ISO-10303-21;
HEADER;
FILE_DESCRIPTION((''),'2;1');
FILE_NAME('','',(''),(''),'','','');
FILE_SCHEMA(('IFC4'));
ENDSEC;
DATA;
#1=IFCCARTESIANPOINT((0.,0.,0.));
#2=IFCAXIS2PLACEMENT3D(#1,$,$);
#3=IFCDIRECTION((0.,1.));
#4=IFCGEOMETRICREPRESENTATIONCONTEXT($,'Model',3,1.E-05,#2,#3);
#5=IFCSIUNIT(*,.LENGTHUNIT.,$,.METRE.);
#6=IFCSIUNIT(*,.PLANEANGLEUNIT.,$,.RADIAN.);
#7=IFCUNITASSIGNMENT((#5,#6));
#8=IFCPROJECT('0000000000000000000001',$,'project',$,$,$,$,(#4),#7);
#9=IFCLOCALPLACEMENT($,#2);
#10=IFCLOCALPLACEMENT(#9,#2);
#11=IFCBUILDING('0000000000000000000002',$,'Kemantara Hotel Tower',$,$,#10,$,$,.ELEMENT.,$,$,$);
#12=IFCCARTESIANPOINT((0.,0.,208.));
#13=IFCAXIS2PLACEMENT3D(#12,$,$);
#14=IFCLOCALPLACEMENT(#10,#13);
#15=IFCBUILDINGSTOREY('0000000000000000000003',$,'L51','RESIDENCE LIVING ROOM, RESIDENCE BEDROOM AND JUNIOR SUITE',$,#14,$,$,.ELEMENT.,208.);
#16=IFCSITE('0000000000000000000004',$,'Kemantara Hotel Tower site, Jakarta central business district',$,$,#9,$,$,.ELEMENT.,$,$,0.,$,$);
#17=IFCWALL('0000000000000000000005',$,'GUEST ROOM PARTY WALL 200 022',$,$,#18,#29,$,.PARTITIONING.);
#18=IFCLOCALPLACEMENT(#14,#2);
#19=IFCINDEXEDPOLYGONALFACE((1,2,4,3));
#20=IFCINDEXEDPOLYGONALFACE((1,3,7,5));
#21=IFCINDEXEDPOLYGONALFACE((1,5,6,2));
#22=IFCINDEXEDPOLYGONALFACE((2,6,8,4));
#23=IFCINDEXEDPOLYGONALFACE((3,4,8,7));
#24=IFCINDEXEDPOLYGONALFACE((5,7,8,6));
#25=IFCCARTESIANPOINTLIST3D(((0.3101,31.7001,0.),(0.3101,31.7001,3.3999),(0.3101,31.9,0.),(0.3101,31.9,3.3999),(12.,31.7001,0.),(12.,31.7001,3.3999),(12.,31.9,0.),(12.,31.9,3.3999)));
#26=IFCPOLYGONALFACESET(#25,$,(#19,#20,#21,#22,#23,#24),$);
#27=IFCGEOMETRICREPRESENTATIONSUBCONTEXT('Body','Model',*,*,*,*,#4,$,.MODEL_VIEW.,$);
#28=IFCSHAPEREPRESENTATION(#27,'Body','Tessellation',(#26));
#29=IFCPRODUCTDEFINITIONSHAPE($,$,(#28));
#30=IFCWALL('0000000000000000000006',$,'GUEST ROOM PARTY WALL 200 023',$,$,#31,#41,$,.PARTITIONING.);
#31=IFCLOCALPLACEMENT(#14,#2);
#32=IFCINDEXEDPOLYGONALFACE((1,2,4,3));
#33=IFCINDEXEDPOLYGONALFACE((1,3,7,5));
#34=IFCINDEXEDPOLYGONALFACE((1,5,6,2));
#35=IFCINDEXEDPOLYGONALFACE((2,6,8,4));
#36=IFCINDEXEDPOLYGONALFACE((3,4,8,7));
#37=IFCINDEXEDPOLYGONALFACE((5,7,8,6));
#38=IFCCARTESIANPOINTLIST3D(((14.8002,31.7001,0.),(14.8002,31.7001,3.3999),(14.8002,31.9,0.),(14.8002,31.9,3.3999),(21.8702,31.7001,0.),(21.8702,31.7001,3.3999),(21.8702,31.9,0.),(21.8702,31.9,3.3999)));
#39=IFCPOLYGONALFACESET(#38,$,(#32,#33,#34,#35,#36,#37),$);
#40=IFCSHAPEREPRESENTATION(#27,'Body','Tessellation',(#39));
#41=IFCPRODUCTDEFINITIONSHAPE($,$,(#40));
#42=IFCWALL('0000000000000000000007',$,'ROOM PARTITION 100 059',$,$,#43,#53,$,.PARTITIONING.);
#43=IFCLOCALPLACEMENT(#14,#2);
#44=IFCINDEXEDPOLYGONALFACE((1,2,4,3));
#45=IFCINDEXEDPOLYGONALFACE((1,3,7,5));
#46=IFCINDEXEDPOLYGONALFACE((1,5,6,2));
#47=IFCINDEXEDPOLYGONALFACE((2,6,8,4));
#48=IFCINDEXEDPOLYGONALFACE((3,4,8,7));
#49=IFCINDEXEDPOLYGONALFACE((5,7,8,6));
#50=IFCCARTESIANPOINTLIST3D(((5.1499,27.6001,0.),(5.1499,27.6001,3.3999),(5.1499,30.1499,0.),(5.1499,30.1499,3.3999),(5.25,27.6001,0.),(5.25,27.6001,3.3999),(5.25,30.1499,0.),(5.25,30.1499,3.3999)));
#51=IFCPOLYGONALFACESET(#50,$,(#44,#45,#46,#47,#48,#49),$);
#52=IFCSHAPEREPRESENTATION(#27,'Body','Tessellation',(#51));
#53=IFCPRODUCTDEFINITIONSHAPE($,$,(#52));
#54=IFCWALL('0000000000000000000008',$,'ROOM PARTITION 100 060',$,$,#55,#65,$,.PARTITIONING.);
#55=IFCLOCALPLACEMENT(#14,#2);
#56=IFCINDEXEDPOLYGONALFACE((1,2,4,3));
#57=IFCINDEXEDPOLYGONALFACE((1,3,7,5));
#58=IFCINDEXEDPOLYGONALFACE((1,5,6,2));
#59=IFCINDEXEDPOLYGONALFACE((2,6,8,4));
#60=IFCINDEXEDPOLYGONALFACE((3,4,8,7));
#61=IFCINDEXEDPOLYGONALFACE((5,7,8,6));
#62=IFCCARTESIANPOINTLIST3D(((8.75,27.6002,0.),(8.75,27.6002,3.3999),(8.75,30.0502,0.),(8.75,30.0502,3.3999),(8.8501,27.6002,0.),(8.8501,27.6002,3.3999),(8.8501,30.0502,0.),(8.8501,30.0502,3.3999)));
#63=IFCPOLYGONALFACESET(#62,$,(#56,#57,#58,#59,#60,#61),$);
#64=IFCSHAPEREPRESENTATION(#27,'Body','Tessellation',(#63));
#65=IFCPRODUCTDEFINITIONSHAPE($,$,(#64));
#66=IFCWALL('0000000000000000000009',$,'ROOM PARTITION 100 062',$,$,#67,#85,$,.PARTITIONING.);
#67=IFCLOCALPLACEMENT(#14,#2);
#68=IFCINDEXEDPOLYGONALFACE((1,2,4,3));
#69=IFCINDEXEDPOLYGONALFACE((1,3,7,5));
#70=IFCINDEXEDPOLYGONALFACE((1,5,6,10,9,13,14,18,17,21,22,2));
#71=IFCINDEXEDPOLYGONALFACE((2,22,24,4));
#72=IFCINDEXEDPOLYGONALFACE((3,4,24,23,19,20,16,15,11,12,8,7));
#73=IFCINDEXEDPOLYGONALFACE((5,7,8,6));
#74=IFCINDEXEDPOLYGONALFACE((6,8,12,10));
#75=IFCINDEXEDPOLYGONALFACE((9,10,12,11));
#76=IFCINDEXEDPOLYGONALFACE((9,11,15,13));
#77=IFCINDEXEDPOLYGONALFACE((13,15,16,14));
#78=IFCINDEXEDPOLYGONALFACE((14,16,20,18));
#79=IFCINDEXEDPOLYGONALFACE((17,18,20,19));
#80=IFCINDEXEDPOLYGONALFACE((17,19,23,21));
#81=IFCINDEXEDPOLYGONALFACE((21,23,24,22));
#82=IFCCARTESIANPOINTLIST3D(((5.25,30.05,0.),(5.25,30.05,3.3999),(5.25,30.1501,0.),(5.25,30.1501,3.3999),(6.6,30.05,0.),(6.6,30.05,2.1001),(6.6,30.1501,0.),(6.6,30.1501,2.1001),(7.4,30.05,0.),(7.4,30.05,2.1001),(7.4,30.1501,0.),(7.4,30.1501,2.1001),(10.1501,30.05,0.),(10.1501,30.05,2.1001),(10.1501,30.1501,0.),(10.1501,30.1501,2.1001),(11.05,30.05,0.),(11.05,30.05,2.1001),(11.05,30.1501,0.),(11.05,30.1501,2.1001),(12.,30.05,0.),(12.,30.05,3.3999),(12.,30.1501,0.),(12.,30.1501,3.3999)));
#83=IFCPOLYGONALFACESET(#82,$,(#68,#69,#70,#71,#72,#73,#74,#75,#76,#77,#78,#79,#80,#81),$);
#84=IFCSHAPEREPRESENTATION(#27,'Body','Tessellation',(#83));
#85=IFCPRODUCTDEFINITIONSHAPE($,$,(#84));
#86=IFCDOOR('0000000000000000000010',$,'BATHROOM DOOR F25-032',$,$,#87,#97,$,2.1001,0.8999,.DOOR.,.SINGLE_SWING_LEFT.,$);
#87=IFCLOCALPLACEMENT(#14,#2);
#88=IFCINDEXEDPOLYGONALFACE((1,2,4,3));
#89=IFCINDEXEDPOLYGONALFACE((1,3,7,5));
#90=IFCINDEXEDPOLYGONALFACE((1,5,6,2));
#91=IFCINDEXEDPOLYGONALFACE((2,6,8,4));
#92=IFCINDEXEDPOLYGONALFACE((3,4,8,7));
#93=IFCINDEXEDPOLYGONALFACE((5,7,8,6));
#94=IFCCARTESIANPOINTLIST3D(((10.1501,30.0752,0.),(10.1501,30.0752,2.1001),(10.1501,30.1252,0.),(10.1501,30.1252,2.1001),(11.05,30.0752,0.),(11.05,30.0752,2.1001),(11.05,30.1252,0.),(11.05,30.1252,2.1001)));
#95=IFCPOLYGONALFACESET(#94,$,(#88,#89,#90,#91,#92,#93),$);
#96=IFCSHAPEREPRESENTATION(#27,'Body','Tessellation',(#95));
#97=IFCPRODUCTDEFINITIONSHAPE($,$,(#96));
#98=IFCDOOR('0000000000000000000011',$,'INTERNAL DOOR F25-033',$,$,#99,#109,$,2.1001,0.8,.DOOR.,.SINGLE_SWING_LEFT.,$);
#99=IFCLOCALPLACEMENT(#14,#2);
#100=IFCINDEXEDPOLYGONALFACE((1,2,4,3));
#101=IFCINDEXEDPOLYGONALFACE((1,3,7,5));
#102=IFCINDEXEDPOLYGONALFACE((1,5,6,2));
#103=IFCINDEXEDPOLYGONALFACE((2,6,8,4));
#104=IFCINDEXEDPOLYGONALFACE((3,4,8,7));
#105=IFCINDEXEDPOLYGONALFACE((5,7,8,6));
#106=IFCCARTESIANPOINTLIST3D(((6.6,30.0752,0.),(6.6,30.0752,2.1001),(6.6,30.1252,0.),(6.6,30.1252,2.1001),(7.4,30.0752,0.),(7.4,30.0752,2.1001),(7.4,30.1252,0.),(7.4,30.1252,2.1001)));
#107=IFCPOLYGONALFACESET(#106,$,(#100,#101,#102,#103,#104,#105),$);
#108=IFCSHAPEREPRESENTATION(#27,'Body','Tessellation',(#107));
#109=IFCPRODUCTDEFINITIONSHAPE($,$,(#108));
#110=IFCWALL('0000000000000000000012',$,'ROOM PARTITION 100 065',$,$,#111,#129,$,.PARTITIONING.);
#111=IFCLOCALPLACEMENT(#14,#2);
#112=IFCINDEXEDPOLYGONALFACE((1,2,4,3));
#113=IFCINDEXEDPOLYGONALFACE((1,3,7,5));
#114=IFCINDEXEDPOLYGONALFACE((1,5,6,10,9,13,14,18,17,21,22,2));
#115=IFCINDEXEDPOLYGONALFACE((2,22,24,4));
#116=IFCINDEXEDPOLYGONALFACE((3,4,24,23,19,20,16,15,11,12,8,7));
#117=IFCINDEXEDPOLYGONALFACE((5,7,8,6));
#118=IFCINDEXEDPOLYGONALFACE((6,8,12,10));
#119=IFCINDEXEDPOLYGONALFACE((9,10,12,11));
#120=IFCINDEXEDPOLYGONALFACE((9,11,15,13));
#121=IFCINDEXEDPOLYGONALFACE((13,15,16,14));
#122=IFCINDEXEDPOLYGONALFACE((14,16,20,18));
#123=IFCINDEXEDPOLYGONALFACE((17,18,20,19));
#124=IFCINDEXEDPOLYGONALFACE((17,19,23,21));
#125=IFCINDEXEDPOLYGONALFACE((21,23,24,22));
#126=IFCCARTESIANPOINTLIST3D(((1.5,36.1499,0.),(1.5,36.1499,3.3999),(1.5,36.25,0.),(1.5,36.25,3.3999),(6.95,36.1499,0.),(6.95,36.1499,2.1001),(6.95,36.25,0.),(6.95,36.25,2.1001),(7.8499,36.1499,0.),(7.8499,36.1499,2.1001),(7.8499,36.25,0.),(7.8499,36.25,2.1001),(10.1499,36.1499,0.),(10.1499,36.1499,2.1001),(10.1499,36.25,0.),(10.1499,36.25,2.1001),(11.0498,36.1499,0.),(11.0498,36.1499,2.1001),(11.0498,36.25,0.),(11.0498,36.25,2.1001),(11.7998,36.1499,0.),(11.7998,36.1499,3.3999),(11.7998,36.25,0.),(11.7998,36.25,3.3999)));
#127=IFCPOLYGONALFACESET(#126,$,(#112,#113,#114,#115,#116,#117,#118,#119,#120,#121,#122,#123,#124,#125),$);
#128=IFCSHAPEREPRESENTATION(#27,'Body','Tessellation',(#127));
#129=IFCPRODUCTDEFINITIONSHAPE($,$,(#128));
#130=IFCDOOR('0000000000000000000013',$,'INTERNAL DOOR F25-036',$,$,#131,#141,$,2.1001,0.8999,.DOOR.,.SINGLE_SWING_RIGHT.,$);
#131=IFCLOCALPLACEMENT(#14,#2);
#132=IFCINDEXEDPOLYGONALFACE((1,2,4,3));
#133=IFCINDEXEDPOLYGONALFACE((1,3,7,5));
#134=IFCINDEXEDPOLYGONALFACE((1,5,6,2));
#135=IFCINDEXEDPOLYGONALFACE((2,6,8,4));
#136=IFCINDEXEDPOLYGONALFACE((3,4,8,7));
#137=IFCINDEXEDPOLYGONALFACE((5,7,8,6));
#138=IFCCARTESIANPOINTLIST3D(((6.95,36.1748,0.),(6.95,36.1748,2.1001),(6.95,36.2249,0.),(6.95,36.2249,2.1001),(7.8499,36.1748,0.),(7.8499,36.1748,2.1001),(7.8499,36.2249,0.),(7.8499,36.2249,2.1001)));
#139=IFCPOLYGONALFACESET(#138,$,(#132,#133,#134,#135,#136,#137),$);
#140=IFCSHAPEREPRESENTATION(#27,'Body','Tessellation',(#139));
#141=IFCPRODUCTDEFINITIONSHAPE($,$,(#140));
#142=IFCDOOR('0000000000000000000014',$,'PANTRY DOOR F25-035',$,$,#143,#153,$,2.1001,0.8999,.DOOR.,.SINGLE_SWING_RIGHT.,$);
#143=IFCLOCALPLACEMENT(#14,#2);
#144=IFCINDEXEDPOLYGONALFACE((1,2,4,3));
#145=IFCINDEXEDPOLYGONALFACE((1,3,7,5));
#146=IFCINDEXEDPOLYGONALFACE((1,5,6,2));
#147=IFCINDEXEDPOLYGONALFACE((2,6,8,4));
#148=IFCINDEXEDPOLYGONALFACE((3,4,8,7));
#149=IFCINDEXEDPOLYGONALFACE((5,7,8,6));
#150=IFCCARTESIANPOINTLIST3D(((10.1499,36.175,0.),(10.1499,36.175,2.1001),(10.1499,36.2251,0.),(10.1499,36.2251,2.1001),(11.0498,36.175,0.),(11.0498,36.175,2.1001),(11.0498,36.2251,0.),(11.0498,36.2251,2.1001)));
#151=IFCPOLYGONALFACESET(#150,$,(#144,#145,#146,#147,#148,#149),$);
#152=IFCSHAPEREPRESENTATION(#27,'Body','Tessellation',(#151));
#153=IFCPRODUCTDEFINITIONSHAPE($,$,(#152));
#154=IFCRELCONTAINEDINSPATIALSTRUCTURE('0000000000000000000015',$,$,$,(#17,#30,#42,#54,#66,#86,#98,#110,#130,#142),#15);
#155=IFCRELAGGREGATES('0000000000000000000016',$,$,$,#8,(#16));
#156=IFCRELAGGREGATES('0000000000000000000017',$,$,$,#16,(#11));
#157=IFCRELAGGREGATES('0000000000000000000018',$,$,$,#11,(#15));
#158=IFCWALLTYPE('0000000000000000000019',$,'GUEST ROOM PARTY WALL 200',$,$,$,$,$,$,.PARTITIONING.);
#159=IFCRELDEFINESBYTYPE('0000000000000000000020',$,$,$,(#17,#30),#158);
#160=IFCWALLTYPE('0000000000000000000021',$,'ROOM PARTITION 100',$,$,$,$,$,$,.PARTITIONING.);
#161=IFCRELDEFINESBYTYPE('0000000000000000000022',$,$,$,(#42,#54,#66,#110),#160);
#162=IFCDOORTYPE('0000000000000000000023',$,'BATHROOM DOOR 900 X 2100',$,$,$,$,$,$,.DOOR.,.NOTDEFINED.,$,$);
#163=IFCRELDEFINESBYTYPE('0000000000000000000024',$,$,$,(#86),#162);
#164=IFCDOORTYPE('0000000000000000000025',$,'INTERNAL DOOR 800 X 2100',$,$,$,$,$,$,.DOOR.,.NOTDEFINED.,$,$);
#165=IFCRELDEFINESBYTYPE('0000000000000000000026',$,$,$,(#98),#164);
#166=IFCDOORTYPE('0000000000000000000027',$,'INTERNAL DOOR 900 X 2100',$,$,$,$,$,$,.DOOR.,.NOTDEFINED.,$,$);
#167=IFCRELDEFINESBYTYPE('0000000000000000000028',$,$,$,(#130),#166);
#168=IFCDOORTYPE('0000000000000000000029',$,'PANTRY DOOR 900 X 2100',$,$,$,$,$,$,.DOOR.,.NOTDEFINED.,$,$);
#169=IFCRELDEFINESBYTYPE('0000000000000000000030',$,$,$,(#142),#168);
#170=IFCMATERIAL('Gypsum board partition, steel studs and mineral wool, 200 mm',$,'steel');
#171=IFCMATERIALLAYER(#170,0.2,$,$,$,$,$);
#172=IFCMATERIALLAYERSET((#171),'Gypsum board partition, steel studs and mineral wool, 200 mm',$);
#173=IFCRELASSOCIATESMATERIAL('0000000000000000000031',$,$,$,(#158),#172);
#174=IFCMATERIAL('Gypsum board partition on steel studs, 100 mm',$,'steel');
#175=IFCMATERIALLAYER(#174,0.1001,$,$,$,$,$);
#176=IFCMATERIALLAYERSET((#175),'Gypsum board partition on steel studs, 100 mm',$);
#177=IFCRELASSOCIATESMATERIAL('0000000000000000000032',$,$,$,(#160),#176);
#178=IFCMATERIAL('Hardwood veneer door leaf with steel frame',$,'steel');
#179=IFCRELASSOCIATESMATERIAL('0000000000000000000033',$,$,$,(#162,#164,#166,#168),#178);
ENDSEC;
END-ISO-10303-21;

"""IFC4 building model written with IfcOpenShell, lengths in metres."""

from ifc_helpers import new_model, si_unit, direction, frame, frame_2d, origin, place, context, subcontext, project, spatial, rectangle, extrude, material, layer, layer_set, type_object, element, fill, save


model = new_model("IFC4")

# Units and contexts
model_context = context("Model", 3, precision=1e-05, world=origin(), true_north=direction((0.0, 1.0)))
body_context = subcontext(model_context, "Body", "Model", "MODEL_VIEW")
ifc_project = project(units=[si_unit("LENGTHUNIT", "METRE"), si_unit("PLANEANGLEUNIT", "RADIAN")], contexts=[model_context])

# Site, building, storey
site_placement = place(None, origin())
site = spatial("IfcSite", under=ifc_project, at=site_placement, Name="Kemantara Hotel Tower site, Jakarta central business district", CompositionType="ELEMENT", RefElevation=0.0)
building_placement = place(site_placement, origin())
building = spatial("IfcBuilding", under=site, at=building_placement, Name="Kemantara Hotel Tower", CompositionType="ELEMENT")
storey_placement = place(building_placement, frame((0.0, 0.0, 208.0)))
storey = spatial("IfcBuildingStorey", under=building, at=storey_placement, Name="L51", Description="RESIDENCE LIVING ROOM, RESIDENCE BEDROOM AND JUNIOR SUITE", CompositionType="ELEMENT", Elevation=208.0)

# Shared definitions
ifc_material_1 = material(Name="Gypsum board partition, steel studs and mineral wool, 200 mm", Category="steel")
ifc_material_2 = material(Name="Hardwood veneer door leaf with steel frame", Category="steel")

# Walls
ifc_layer_1 = layer(ifc_material_1, 0.2)
ifc_layer_set_1 = layer_set([ifc_layer_1], Name="Gypsum board partition, steel studs and mineral wool, 200 mm")
wall_type_1 = type_object("IfcWallType", Name="GUEST ROOM PARTY WALL 200", PredefinedType="PARTITIONING", material=ifc_layer_set_1)
wall_1_placement = place(storey_placement, frame((0.3101, 31.8, 0.0), z_axis=(0.0, 0.0, 1.0), x_axis=(1.0, 0.0, 0.0)))
element("IfcWall", 1, at=wall_1_placement, inside=storey, type_object=wall_type_1, Name="GUEST ROOM PARTY WALL 200 022", PredefinedType="PARTITIONING", context=body_context, shape_type="SweptSolid", body=[
    extrude(rectangle(XDim=11.6899, YDim=0.2, at=frame_2d((5.845, 0.0))), origin(), (0.0, 0.0, 1.0), 3.3999),
])
wall_2_placement = place(storey_placement, frame((14.8, 31.8, 0.0), z_axis=(0.0, 0.0, 1.0), x_axis=(1.0, 0.0, 0.0)))
element("IfcWall", 2, at=wall_2_placement, inside=storey, type_object=wall_type_1, Name="GUEST ROOM PARTY WALL 200 023", PredefinedType="PARTITIONING", context=body_context, shape_type="SweptSolid", body=[
    extrude(rectangle(XDim=7.0701, YDim=0.2, at=frame_2d((3.5352, 0.0))), origin(), (0.0, 0.0, 1.0), 3.3999),
])
ifc_material_3 = material(Name="Gypsum board partition on steel studs, 100 mm", Category="steel")
ifc_layer_2 = layer(ifc_material_3, 0.1001)
ifc_layer_set_2 = layer_set([ifc_layer_2], Name="Gypsum board partition on steel studs, 100 mm")
wall_type_2 = type_object("IfcWallType", Name="ROOM PARTITION 100", PredefinedType="PARTITIONING", material=ifc_layer_set_2)
wall_3_placement = place(storey_placement, frame((5.2, 27.6001, 0.0), z_axis=(0.0, 0.0, 1.0), x_axis=(0.0, 1.0, 0.0)))
element("IfcWall", 3, at=wall_3_placement, inside=storey, type_object=wall_type_2, Name="ROOM PARTITION 100 059", PredefinedType="PARTITIONING", context=body_context, shape_type="SweptSolid", body=[
    extrude(rectangle(XDim=2.5498, YDim=0.1001, at=frame_2d((1.2749, 0.0))), origin(), (0.0, 0.0, 1.0), 3.3999),
])
wall_4_placement = place(storey_placement, frame((8.8, 27.6001, 0.0), z_axis=(0.0, 0.0, 1.0), x_axis=(0.0, 1.0, 0.0)))
element("IfcWall", 4, at=wall_4_placement, inside=storey, type_object=wall_type_2, Name="ROOM PARTITION 100 060", PredefinedType="PARTITIONING", context=body_context, shape_type="SweptSolid", body=[
    extrude(rectangle(XDim=2.45, YDim=0.1001, at=frame_2d((1.2251, 0.0))), origin(), (0.0, 0.0, 1.0), 3.3999),
])

# Walls, openings, doors
wall_5_placement = place(storey_placement, frame((12.0, 30.1001, 0.0), z_axis=(0.0, 0.0, 1.0), x_axis=(-1.0, 0.0, 0.0)))
wall_5 = element("IfcWall", 5, at=wall_5_placement, inside=storey, type_object=wall_type_2, Name="ROOM PARTITION 100 062", PredefinedType="PARTITIONING", context=body_context, shape_type="SweptSolid", body=[
    extrude(rectangle(XDim=6.75, YDim=0.1001, at=frame_2d((3.375, 0.0))), origin(), (0.0, 0.0, 1.0), 3.3999),
])
opening_1_placement = place(wall_5_placement, frame((0.95, 0.0, 0.0)))
opening_1 = element("IfcOpeningElement", 6, at=opening_1_placement, cuts=wall_5, PredefinedType="OPENING", context=body_context, shape_type="SweptSolid", body=[
    extrude(rectangle(XDim=0.8999, YDim=2.1001, at=frame_2d((0.45, 1.05))), frame((0.0, 0.0601, 0.0), z_axis=(0.0, -1.0, 0.0), x_axis=(1.0, 0.0, 0.0)), (0.0, 0.0, 1.0), 0.1201),
])
opening_2_placement = place(wall_5_placement, frame((4.6001, 0.0, 0.0)))
opening_2 = element("IfcOpeningElement", 7, at=opening_2_placement, cuts=wall_5, PredefinedType="OPENING", context=body_context, shape_type="SweptSolid", body=[
    extrude(rectangle(XDim=0.8, YDim=2.1001, at=frame_2d((0.3999, 1.05))), frame((0.0, 0.0601, 0.0), z_axis=(0.0, -1.0, 0.0), x_axis=(1.0, 0.0, 0.0)), (0.0, 0.0, 1.0), 0.1201),
])
door_type_1 = type_object("IfcDoorType", Name="BATHROOM DOOR 900 X 2100", OperationType="NOTDEFINED", PredefinedType="DOOR", material=ifc_material_2)
door_1_placement = place(opening_1_placement, origin())
door_1 = element("IfcDoor", 8, at=door_1_placement, inside=storey, type_object=door_type_1, Name="BATHROOM DOOR F25-032", OperationType="SINGLE_SWING_LEFT", OverallHeight=2.1001, OverallWidth=0.8999, PredefinedType="DOOR", context=body_context, shape_type="SweptSolid", body=[
    extrude(rectangle(XDim=0.8999, YDim=2.1001, at=frame_2d((0.45, 1.05))), frame((0.0, 0.0249, 0.0), z_axis=(0.0, -1.0, 0.0), x_axis=(1.0, 0.0, 0.0)), (0.0, 0.0, 1.0), 0.05),
])
fill(opening_1, door_1)
door_type_2 = type_object("IfcDoorType", Name="INTERNAL DOOR 800 X 2100", OperationType="NOTDEFINED", PredefinedType="DOOR", material=ifc_material_2)
door_2_placement = place(opening_2_placement, origin())
door_2 = element("IfcDoor", 9, at=door_2_placement, inside=storey, type_object=door_type_2, Name="INTERNAL DOOR F25-033", OperationType="SINGLE_SWING_LEFT", OverallHeight=2.1001, OverallWidth=0.8, PredefinedType="DOOR", context=body_context, shape_type="SweptSolid", body=[
    extrude(rectangle(XDim=0.8, YDim=2.1001, at=frame_2d((0.3999, 1.05))), frame((0.0, 0.0249, 0.0), z_axis=(0.0, -1.0, 0.0), x_axis=(1.0, 0.0, 0.0)), (0.0, 0.0, 1.0), 0.05),
])
fill(opening_2, door_2)
wall_6_placement = place(storey_placement, frame((1.5, 36.2, 0.0), z_axis=(0.0, 0.0, 1.0), x_axis=(1.0, 0.0, 0.0)))
wall_6 = element("IfcWall", 10, at=wall_6_placement, inside=storey, type_object=wall_type_2, Name="ROOM PARTITION 100 065", PredefinedType="PARTITIONING", context=body_context, shape_type="SweptSolid", body=[
    extrude(rectangle(XDim=10.2998, YDim=0.1001, at=frame_2d((5.1499, 0.0))), origin(), (0.0, 0.0, 1.0), 3.3999),
])
opening_3_placement = place(wall_6_placement, frame((8.6499, 0.0, 0.0)))
opening_3 = element("IfcOpeningElement", 11, at=opening_3_placement, cuts=wall_6, PredefinedType="OPENING", context=body_context, shape_type="SweptSolid", body=[
    extrude(rectangle(XDim=0.8999, YDim=2.1001, at=frame_2d((0.45, 1.05))), frame((0.0, 0.0601, 0.0), z_axis=(0.0, -1.0, 0.0), x_axis=(1.0, 0.0, 0.0)), (0.0, 0.0, 1.0), 0.1201),
])
opening_4_placement = place(wall_6_placement, frame((5.45, 0.0, 0.0)))
opening_4 = element("IfcOpeningElement", 12, at=opening_4_placement, cuts=wall_6, PredefinedType="OPENING", context=body_context, shape_type="SweptSolid", body=[
    extrude(rectangle(XDim=0.8999, YDim=2.1001, at=frame_2d((0.45, 1.05))), frame((0.0, 0.0601, 0.0), z_axis=(0.0, -1.0, 0.0), x_axis=(1.0, 0.0, 0.0)), (0.0, 0.0, 1.0), 0.1201),
])
door_type_3 = type_object("IfcDoorType", Name="INTERNAL DOOR 900 X 2100", OperationType="NOTDEFINED", PredefinedType="DOOR", material=ifc_material_2)
door_3_placement = place(opening_4_placement, origin())
door_3 = element("IfcDoor", 13, at=door_3_placement, inside=storey, type_object=door_type_3, Name="INTERNAL DOOR F25-036", OperationType="SINGLE_SWING_RIGHT", OverallHeight=2.1001, OverallWidth=0.8999, PredefinedType="DOOR", context=body_context, shape_type="SweptSolid", body=[
    extrude(rectangle(XDim=0.8999, YDim=2.1001, at=frame_2d((0.45, 1.05))), frame((0.0, 0.0249, 0.0), z_axis=(0.0, -1.0, 0.0), x_axis=(1.0, 0.0, 0.0)), (0.0, 0.0, 1.0), 0.05),
])
fill(opening_4, door_3)
door_type_4 = type_object("IfcDoorType", Name="PANTRY DOOR 900 X 2100", OperationType="NOTDEFINED", PredefinedType="DOOR", material=ifc_material_2)
door_4_placement = place(opening_3_placement, frame((0.8999, 0.0, 0.0), z_axis=(0.0, 0.0, 1.0), x_axis=(-1.0, 0.0, 0.0)))
door_4 = element("IfcDoor", 14, at=door_4_placement, inside=storey, type_object=door_type_4, Name="PANTRY DOOR F25-035", OperationType="SINGLE_SWING_RIGHT", OverallHeight=2.1001, OverallWidth=0.8999, PredefinedType="DOOR", context=body_context, shape_type="SweptSolid", body=[
    extrude(rectangle(XDim=0.8999, YDim=2.1001, at=frame_2d((0.45, 1.05))), frame((0.0, 0.0249, 0.0), z_axis=(0.0, -1.0, 0.0), x_axis=(1.0, 0.0, 0.0)), (0.0, 0.0, 1.0), 0.05),
])
fill(opening_3, door_4)

save(model, "model.ifc")
